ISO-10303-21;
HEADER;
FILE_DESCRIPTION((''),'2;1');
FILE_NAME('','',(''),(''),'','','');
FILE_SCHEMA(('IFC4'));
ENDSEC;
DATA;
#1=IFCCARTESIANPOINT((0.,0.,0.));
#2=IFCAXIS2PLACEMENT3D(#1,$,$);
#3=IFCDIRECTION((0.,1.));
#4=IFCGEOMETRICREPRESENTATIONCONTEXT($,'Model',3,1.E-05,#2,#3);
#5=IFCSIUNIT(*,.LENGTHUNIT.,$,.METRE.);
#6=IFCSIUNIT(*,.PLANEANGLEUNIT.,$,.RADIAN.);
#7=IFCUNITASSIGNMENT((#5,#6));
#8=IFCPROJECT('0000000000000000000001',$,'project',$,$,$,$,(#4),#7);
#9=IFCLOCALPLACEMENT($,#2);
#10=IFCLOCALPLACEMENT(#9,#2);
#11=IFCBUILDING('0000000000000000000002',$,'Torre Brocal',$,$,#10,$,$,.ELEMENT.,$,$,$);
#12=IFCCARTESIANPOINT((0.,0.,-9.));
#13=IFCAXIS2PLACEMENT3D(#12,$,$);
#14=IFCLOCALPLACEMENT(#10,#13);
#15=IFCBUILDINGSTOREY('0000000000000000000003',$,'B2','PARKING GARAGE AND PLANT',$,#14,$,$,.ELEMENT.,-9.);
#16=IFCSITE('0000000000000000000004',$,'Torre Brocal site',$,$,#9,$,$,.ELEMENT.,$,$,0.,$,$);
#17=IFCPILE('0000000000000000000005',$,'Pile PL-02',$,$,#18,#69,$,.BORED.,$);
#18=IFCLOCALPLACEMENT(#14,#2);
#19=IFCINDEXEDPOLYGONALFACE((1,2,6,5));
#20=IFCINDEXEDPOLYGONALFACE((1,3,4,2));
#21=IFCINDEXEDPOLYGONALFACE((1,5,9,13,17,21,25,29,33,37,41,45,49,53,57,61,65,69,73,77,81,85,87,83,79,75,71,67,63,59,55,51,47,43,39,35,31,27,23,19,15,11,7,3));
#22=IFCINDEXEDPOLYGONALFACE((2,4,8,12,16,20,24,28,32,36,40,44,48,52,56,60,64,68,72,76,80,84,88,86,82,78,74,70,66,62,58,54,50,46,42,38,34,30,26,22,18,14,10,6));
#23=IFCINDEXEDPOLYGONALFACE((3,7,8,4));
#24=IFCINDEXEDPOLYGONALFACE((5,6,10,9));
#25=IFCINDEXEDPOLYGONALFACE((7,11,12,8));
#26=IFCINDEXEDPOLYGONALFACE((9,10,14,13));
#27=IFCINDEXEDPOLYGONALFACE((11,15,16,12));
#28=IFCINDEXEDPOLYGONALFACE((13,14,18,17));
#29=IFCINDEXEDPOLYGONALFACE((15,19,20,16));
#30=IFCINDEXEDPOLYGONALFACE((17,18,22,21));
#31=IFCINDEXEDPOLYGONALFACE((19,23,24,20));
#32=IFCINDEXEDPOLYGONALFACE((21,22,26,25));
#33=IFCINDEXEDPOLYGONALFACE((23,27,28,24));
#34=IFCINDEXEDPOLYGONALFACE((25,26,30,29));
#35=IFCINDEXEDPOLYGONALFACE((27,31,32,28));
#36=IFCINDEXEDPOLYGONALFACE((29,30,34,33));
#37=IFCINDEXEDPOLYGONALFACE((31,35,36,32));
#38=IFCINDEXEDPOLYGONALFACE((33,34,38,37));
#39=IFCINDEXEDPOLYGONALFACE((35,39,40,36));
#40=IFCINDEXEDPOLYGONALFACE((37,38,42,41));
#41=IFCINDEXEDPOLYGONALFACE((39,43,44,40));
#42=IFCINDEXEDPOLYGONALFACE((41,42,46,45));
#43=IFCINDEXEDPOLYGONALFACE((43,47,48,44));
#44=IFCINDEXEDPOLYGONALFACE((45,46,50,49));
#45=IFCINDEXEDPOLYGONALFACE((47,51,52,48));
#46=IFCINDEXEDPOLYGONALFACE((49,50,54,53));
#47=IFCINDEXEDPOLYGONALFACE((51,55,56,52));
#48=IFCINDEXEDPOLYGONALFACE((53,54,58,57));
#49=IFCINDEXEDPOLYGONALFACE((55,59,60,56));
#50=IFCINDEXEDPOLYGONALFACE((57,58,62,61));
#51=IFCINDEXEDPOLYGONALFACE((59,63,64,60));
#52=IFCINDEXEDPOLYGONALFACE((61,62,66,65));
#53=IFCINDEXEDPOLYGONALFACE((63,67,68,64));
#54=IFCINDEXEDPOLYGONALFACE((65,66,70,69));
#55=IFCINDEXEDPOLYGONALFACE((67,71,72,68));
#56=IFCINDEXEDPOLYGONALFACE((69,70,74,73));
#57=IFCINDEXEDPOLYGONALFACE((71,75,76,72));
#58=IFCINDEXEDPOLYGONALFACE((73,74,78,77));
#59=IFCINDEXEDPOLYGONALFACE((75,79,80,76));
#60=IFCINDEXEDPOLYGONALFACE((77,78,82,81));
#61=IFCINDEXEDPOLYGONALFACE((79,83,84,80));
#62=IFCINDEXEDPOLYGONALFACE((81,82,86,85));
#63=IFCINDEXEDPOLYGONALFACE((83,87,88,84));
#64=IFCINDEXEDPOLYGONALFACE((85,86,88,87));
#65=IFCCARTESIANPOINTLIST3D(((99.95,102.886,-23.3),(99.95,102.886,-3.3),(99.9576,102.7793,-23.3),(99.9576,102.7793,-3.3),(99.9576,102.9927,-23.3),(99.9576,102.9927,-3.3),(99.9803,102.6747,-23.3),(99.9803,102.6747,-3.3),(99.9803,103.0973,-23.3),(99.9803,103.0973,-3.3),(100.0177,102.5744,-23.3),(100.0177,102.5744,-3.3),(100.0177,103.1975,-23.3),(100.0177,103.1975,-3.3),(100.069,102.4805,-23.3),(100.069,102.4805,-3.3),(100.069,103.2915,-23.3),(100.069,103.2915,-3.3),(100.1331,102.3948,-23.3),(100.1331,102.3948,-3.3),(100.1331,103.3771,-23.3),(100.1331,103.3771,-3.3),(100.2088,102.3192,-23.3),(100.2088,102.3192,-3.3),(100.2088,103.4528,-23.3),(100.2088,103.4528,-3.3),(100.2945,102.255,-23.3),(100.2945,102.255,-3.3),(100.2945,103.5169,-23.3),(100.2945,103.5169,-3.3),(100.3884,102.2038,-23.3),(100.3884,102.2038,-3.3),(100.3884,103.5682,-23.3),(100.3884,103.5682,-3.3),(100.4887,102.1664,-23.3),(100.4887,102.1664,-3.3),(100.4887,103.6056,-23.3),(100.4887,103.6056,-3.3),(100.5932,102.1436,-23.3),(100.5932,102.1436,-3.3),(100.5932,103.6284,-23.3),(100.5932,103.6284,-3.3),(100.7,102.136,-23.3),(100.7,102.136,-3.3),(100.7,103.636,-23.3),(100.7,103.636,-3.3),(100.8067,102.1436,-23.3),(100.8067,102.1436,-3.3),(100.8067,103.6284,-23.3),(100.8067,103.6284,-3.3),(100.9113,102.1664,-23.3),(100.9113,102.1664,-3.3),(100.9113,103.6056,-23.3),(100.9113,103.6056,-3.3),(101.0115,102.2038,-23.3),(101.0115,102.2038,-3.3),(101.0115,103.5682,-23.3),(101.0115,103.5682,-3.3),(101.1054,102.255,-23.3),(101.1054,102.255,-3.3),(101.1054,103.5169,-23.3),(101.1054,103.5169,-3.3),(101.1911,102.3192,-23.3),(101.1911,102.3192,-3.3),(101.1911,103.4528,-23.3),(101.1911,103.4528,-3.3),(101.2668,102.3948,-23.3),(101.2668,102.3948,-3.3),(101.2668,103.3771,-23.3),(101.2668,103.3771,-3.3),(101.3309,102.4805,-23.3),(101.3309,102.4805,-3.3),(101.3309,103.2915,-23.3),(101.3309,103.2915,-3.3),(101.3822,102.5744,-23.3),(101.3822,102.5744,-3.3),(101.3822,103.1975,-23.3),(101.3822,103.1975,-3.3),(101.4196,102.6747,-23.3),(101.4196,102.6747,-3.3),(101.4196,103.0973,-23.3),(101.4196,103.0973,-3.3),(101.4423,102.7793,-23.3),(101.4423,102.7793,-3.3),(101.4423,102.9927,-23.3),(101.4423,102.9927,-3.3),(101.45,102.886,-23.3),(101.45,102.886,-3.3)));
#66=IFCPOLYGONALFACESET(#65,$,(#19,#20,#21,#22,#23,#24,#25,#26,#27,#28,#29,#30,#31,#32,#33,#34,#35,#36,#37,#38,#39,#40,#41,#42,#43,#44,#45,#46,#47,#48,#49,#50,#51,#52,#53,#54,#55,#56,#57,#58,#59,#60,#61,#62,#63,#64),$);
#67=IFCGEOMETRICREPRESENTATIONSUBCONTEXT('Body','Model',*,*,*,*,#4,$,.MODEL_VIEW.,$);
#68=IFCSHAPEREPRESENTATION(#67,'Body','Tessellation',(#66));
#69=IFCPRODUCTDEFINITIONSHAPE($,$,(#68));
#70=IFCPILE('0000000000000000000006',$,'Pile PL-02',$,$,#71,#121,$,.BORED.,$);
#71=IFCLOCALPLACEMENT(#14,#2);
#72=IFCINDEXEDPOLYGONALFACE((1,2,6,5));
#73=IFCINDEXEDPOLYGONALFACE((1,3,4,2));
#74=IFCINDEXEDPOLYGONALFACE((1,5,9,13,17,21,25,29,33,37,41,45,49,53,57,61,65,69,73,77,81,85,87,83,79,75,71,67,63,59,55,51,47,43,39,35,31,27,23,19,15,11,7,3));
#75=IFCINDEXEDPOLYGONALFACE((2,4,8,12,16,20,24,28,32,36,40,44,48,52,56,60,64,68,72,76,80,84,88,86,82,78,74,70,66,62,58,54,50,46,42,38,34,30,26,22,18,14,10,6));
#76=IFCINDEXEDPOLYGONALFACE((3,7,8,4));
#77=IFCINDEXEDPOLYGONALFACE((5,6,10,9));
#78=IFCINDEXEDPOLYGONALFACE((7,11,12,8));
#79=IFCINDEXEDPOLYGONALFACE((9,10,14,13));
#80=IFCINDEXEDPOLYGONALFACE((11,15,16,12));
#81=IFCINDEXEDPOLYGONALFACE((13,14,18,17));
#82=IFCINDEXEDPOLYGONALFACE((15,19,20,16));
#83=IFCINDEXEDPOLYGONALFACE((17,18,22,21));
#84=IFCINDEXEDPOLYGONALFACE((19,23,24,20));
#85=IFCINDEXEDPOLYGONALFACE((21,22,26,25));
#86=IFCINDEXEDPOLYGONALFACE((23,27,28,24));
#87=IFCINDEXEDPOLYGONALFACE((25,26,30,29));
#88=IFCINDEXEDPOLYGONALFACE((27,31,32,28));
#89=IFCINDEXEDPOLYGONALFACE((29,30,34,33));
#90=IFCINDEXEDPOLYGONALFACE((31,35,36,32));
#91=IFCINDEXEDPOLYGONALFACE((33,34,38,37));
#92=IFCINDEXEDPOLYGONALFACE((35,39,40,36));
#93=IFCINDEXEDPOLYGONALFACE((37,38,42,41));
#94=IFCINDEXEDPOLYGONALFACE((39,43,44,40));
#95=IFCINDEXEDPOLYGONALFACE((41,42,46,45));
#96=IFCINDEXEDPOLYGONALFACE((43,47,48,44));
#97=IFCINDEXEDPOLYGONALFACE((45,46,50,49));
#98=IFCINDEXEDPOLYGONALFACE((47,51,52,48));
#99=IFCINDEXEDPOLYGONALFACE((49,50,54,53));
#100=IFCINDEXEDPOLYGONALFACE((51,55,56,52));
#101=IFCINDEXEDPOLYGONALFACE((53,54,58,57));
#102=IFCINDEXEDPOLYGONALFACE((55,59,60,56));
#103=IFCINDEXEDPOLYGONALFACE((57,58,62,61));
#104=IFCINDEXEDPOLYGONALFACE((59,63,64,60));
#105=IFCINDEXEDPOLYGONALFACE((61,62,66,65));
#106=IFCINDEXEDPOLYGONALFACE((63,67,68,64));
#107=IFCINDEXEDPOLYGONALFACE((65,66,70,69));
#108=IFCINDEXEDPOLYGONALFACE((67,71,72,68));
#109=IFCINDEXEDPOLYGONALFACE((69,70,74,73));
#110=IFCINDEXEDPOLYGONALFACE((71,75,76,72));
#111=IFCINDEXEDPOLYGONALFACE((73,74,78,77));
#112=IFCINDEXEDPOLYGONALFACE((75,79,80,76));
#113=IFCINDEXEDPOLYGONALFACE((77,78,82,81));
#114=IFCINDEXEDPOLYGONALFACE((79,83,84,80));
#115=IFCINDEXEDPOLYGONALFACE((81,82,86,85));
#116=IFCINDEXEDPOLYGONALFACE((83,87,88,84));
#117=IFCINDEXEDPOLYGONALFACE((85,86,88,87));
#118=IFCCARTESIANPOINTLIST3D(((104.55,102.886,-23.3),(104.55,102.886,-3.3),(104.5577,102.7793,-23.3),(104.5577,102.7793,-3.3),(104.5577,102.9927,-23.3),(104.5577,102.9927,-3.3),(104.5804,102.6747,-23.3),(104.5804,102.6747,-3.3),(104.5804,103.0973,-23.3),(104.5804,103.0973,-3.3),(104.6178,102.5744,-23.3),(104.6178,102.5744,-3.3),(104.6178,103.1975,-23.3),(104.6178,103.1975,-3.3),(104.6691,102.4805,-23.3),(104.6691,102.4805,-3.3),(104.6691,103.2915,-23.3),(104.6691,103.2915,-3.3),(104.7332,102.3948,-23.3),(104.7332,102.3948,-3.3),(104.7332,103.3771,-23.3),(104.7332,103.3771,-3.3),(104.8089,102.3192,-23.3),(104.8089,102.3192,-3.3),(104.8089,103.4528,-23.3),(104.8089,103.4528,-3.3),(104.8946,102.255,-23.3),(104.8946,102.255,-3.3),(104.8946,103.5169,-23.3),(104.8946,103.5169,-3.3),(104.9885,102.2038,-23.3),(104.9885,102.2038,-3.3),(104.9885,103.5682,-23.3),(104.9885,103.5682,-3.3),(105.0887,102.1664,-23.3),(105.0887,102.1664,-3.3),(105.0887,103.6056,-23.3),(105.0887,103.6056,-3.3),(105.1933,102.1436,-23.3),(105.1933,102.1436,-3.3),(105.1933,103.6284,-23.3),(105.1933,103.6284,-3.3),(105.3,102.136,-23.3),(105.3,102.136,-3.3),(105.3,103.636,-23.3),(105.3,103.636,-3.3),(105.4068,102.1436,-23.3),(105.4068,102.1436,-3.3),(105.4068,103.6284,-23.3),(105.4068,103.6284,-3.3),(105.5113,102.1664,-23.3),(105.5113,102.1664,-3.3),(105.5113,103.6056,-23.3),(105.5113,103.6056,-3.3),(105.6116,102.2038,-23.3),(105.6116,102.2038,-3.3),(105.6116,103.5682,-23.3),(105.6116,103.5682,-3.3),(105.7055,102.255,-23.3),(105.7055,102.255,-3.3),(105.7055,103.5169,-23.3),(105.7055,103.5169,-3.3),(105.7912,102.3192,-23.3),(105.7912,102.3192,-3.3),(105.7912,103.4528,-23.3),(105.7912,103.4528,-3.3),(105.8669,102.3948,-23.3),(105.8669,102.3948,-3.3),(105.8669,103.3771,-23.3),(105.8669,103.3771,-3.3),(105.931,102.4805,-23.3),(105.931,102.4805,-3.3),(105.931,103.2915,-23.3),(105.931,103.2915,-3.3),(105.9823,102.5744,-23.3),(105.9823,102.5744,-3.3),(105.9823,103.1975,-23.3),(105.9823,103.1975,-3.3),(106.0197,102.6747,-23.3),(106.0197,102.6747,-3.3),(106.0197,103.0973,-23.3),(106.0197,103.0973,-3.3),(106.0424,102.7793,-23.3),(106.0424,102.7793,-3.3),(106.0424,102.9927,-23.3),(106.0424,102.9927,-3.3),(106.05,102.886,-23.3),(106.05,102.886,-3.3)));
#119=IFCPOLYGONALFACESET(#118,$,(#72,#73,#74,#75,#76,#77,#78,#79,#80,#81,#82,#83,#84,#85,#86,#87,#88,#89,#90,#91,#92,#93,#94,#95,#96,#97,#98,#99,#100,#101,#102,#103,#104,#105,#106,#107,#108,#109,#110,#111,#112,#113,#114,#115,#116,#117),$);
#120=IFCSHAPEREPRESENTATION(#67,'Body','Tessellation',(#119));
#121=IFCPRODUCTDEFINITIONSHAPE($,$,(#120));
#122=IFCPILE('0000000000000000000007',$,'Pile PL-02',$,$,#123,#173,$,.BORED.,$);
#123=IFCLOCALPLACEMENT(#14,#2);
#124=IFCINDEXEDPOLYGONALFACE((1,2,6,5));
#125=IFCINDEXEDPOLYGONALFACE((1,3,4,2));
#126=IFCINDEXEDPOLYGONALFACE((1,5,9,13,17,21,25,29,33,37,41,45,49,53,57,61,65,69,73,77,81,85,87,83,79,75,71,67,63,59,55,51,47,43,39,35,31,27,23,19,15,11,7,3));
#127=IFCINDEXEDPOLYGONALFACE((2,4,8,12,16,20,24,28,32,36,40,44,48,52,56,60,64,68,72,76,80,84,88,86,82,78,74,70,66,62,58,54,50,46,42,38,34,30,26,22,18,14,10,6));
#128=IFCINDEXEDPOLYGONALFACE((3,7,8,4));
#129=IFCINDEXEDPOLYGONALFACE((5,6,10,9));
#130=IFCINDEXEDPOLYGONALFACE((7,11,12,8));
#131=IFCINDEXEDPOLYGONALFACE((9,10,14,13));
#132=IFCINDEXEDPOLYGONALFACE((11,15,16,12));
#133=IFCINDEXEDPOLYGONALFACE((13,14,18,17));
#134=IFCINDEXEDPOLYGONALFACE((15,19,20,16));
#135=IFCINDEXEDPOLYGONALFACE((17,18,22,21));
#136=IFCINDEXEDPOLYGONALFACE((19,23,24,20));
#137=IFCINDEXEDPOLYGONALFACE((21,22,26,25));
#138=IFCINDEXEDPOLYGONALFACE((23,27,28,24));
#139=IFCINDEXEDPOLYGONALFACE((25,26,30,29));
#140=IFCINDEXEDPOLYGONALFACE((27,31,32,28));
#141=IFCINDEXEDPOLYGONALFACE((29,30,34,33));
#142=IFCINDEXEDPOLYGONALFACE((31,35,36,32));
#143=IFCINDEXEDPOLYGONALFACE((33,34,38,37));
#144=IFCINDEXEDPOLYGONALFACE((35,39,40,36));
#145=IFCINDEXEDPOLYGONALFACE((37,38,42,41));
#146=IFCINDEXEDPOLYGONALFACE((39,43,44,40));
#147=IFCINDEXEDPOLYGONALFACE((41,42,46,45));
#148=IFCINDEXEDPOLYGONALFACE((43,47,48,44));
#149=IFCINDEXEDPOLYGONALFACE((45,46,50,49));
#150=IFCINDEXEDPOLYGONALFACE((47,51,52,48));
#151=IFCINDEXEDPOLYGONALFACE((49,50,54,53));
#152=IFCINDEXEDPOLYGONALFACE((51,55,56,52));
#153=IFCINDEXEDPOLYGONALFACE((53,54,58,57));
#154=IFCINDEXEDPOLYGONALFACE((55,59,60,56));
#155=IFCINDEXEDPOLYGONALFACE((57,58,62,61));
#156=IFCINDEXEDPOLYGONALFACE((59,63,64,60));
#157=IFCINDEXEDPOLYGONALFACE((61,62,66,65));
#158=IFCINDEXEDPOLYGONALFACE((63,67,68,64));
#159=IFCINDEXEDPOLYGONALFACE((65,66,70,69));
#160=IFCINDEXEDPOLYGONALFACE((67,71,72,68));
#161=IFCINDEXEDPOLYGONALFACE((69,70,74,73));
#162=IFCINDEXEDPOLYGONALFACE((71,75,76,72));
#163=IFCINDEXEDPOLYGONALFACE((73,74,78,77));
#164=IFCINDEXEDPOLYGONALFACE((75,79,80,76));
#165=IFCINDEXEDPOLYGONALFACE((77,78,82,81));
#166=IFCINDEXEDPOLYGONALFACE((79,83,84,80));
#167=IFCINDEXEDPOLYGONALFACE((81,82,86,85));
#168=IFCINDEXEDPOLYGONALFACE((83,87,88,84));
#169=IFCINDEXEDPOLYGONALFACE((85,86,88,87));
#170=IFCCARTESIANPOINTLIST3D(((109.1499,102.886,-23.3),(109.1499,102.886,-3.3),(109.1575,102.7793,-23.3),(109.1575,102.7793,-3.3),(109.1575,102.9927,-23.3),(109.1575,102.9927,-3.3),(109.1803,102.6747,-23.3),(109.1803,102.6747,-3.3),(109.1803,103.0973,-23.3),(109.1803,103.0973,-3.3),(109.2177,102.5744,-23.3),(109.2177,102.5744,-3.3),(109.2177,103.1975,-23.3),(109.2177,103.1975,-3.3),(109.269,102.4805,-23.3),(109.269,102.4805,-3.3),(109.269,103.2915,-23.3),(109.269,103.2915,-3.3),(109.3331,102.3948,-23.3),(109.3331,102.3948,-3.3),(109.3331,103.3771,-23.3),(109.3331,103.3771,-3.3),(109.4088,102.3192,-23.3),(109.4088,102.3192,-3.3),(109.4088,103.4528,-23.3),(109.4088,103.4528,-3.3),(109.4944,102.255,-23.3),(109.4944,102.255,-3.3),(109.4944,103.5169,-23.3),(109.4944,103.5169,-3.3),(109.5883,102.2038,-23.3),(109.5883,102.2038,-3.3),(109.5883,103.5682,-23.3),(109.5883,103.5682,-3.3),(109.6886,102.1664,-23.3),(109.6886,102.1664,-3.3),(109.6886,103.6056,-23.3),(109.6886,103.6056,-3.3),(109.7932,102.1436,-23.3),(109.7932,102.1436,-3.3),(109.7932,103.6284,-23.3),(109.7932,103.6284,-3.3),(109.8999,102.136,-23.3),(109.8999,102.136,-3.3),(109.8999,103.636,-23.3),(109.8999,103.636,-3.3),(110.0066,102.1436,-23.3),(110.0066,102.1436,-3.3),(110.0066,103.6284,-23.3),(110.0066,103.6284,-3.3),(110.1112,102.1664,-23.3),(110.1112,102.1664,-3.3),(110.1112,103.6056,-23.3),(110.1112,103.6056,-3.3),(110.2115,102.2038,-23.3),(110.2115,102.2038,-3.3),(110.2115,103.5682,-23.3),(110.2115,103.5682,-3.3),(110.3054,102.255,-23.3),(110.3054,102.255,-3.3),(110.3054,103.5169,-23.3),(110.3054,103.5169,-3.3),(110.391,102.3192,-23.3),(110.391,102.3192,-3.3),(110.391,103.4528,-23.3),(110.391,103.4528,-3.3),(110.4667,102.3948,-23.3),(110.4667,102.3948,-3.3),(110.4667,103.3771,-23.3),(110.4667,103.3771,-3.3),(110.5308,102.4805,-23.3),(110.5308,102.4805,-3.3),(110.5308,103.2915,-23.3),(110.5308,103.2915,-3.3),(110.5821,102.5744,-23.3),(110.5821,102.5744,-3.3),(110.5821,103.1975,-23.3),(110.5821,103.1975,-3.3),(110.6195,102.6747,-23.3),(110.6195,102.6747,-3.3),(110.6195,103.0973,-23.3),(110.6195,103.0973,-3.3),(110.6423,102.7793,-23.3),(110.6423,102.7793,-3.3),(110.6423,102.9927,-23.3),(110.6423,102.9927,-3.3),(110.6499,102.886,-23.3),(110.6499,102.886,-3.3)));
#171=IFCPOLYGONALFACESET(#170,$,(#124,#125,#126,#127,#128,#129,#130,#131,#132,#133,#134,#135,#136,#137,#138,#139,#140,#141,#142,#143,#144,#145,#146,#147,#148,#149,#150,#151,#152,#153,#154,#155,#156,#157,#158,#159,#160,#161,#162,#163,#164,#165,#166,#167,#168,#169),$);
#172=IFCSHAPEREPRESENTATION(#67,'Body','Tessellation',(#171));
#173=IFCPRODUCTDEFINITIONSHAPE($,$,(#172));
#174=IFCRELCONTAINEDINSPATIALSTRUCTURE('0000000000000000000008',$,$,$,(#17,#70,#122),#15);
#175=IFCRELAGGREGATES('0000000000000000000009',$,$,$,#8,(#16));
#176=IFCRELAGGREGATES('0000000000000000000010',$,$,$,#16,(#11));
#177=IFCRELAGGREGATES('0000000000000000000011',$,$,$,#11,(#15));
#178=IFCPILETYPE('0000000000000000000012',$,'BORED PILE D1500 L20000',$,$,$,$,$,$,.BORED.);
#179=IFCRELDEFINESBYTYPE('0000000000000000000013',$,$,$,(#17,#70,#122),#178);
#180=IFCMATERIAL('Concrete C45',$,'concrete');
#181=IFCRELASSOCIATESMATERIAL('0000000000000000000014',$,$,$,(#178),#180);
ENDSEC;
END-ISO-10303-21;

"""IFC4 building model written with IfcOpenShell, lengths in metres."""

from ifc_helpers import new_model, si_unit, direction, frame, origin, origin_2d, place, context, subcontext, project, spatial, circle, extrude, material, material_profile, profile_set, type_object, element, save


model = new_model("IFC4")

# Units and contexts
model_context = context("Model", 3, precision=1e-05, world=origin(), true_north=direction((0.0, 1.0)))
body_context = subcontext(model_context, "Body", "Model", "MODEL_VIEW")
ifc_project = project(units=[si_unit("LENGTHUNIT", "METRE"), si_unit("PLANEANGLEUNIT", "RADIAN")], contexts=[model_context])

# Site, building, storey
site_placement = place(None, origin())
site = spatial("IfcSite", under=ifc_project, at=site_placement, Name="Torre Brocal site", CompositionType="ELEMENT", RefElevation=0.0)
building_placement = place(site_placement, origin())
building = spatial("IfcBuilding", under=site, at=building_placement, Name="Torre Brocal", CompositionType="ELEMENT")
storey_placement = place(building_placement, frame((0.0, 0.0, -9.0)))
storey = spatial("IfcBuildingStorey", under=building, at=storey_placement, Name="B2", Description="PARKING GARAGE AND PLANT", CompositionType="ELEMENT", Elevation=-9.0)

# Piles
ifc_material_1 = material(Name="Concrete C45", Category="concrete")
ifc_material_profile_1 = material_profile(ifc_material_1, circle(Radius=0.75, at=origin_2d()), Name="BORED PILE D1500")
ifc_profile_set_1 = profile_set([ifc_material_profile_1], Name="Concrete C45")
pile_type_1 = type_object("IfcPileType", Name="BORED PILE D1500 L20000", PredefinedType="BORED", material=ifc_profile_set_1)
for number, where, z_axis, x_axis, name in (
    (1, (100.7, 102.886, -3.3), (0.0, 0.0, -1.0), (1.0, 0.0, 0.0), "Pile PL-02"),
    (2, (105.3, 102.886, -3.3), (0.0, 0.0, -1.0), (1.0, 0.0, 0.0), "Pile PL-02"),
    (3, (109.8999, 102.886, -3.3), (0.0, 0.0, -1.0), (1.0, 0.0, 0.0), "Pile PL-02"),
):
    element("IfcPile", number, at=place(storey_placement, frame(where, z_axis=z_axis, x_axis=x_axis)), inside=storey, type_object=pile_type_1, Name=name, PredefinedType="BORED", context=body_context, shape_type="SweptSolid", body=[
        extrude(circle(Radius=0.75, at=origin_2d()), origin(), (0.0, 0.0, 1.0), 20.0),
    ])

save(model, "model.ifc")
